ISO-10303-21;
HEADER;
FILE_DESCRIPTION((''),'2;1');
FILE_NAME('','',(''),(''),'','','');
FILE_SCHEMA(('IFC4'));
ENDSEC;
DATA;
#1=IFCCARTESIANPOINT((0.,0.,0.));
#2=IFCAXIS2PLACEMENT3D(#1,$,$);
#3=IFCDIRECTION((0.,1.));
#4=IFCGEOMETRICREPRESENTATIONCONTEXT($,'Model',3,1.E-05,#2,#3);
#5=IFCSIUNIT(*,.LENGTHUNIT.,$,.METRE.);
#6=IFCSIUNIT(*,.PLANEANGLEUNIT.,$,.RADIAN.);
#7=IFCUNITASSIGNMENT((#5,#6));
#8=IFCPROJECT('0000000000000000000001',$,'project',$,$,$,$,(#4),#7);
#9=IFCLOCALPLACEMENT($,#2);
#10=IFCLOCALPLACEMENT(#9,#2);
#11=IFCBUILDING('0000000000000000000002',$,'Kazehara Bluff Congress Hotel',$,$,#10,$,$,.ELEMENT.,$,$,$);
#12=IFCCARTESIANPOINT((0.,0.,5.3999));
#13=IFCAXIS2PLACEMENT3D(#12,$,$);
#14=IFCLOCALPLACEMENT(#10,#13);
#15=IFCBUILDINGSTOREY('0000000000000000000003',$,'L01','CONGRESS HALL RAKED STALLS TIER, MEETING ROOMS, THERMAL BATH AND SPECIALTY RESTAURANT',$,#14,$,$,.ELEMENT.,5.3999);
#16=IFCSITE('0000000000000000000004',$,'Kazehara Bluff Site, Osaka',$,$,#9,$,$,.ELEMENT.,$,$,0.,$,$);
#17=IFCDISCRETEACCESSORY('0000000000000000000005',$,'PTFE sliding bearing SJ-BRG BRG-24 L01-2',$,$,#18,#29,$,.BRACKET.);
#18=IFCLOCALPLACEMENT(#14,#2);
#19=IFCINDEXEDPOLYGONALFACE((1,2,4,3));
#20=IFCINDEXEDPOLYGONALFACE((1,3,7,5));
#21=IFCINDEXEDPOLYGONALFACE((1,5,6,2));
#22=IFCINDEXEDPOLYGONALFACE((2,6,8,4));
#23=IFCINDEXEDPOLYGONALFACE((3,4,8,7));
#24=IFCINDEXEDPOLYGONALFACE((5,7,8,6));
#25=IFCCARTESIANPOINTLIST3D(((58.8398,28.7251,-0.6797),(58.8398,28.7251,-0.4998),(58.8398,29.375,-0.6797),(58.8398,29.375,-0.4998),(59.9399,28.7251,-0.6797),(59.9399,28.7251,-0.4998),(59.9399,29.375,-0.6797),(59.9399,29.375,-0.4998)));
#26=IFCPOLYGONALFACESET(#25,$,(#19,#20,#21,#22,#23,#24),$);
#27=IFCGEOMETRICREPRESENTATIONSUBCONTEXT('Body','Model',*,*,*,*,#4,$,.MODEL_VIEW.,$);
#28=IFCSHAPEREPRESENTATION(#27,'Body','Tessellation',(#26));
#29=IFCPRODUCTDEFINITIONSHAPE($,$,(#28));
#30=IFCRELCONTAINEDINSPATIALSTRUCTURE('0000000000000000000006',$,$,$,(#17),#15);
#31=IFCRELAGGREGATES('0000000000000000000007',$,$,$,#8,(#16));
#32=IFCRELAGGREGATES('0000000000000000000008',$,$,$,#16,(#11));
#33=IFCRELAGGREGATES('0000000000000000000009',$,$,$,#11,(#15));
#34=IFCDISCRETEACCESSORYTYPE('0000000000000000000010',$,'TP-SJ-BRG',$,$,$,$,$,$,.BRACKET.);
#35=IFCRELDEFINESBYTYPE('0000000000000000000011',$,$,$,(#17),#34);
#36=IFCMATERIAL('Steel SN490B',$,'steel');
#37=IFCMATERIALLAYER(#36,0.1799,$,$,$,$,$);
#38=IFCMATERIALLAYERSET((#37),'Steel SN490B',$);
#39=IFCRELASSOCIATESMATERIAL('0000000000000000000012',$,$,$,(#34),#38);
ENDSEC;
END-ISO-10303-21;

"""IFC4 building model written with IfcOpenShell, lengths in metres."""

from ifc_helpers import new_model, si_unit, direction, frame, origin, origin_2d, place, context, subcontext, project, spatial, rectangle, extrude, material, layer, layer_set, type_object, element, save


model = new_model("IFC4")

# Units and contexts
model_context = context("Model", 3, precision=1e-05, world=origin(), true_north=direction((0.0, 1.0)))
body_context = subcontext(model_context, "Body", "Model", "MODEL_VIEW")
ifc_project = project(units=[si_unit("LENGTHUNIT", "METRE"), si_unit("PLANEANGLEUNIT", "RADIAN")], contexts=[model_context])

# Site, building, storey
site_placement = place(None, origin())
site = spatial("IfcSite", under=ifc_project, at=site_placement, Name="Kazehara Bluff Site, Osaka", CompositionType="ELEMENT", RefElevation=0.0)
building_placement = place(site_placement, origin())
building = spatial("IfcBuilding", under=site, at=building_placement, Name="Kazehara Bluff Congress Hotel", CompositionType="ELEMENT")
storey_placement = place(building_placement, frame((0.0, 0.0, 5.3999)))
storey = spatial("IfcBuildingStorey", under=building, at=storey_placement, Name="L01", Description="CONGRESS HALL RAKED STALLS TIER, MEETING ROOMS, THERMAL BATH AND SPECIALTY RESTAURANT", CompositionType="ELEMENT", Elevation=5.3999)

# Discrete accessory
ifc_material_1 = material(Name="Steel SN490B", Category="steel")
ifc_layer_1 = layer(ifc_material_1, 0.1799)
ifc_layer_set_1 = layer_set([ifc_layer_1], Name="Steel SN490B")
discrete_accessory_type = type_object("IfcDiscreteAccessoryType", Name="TP-SJ-BRG", PredefinedType="BRACKET", material=ifc_layer_set_1)
for number, where, z_axis, x_axis, name in (
    (1, (59.3899, 29.05, -0.6797), (0.0, 0.0, 1.0), (1.0, 0.0, 0.0), "PTFE sliding bearing SJ-BRG BRG-24 L01-2"),
):
    element("IfcDiscreteAccessory", number, at=place(storey_placement, frame(where, z_axis=z_axis, x_axis=x_axis)), inside=storey, type_object=discrete_accessory_type, Name=name, PredefinedType="BRACKET", context=body_context, shape_type="SweptSolid", body=[
        extrude(rectangle(XDim=1.1001, YDim=0.6499, at=origin_2d()), origin(), (0.0, 0.0, 1.0), 0.1799),
    ])

save(model, "model.ifc")
